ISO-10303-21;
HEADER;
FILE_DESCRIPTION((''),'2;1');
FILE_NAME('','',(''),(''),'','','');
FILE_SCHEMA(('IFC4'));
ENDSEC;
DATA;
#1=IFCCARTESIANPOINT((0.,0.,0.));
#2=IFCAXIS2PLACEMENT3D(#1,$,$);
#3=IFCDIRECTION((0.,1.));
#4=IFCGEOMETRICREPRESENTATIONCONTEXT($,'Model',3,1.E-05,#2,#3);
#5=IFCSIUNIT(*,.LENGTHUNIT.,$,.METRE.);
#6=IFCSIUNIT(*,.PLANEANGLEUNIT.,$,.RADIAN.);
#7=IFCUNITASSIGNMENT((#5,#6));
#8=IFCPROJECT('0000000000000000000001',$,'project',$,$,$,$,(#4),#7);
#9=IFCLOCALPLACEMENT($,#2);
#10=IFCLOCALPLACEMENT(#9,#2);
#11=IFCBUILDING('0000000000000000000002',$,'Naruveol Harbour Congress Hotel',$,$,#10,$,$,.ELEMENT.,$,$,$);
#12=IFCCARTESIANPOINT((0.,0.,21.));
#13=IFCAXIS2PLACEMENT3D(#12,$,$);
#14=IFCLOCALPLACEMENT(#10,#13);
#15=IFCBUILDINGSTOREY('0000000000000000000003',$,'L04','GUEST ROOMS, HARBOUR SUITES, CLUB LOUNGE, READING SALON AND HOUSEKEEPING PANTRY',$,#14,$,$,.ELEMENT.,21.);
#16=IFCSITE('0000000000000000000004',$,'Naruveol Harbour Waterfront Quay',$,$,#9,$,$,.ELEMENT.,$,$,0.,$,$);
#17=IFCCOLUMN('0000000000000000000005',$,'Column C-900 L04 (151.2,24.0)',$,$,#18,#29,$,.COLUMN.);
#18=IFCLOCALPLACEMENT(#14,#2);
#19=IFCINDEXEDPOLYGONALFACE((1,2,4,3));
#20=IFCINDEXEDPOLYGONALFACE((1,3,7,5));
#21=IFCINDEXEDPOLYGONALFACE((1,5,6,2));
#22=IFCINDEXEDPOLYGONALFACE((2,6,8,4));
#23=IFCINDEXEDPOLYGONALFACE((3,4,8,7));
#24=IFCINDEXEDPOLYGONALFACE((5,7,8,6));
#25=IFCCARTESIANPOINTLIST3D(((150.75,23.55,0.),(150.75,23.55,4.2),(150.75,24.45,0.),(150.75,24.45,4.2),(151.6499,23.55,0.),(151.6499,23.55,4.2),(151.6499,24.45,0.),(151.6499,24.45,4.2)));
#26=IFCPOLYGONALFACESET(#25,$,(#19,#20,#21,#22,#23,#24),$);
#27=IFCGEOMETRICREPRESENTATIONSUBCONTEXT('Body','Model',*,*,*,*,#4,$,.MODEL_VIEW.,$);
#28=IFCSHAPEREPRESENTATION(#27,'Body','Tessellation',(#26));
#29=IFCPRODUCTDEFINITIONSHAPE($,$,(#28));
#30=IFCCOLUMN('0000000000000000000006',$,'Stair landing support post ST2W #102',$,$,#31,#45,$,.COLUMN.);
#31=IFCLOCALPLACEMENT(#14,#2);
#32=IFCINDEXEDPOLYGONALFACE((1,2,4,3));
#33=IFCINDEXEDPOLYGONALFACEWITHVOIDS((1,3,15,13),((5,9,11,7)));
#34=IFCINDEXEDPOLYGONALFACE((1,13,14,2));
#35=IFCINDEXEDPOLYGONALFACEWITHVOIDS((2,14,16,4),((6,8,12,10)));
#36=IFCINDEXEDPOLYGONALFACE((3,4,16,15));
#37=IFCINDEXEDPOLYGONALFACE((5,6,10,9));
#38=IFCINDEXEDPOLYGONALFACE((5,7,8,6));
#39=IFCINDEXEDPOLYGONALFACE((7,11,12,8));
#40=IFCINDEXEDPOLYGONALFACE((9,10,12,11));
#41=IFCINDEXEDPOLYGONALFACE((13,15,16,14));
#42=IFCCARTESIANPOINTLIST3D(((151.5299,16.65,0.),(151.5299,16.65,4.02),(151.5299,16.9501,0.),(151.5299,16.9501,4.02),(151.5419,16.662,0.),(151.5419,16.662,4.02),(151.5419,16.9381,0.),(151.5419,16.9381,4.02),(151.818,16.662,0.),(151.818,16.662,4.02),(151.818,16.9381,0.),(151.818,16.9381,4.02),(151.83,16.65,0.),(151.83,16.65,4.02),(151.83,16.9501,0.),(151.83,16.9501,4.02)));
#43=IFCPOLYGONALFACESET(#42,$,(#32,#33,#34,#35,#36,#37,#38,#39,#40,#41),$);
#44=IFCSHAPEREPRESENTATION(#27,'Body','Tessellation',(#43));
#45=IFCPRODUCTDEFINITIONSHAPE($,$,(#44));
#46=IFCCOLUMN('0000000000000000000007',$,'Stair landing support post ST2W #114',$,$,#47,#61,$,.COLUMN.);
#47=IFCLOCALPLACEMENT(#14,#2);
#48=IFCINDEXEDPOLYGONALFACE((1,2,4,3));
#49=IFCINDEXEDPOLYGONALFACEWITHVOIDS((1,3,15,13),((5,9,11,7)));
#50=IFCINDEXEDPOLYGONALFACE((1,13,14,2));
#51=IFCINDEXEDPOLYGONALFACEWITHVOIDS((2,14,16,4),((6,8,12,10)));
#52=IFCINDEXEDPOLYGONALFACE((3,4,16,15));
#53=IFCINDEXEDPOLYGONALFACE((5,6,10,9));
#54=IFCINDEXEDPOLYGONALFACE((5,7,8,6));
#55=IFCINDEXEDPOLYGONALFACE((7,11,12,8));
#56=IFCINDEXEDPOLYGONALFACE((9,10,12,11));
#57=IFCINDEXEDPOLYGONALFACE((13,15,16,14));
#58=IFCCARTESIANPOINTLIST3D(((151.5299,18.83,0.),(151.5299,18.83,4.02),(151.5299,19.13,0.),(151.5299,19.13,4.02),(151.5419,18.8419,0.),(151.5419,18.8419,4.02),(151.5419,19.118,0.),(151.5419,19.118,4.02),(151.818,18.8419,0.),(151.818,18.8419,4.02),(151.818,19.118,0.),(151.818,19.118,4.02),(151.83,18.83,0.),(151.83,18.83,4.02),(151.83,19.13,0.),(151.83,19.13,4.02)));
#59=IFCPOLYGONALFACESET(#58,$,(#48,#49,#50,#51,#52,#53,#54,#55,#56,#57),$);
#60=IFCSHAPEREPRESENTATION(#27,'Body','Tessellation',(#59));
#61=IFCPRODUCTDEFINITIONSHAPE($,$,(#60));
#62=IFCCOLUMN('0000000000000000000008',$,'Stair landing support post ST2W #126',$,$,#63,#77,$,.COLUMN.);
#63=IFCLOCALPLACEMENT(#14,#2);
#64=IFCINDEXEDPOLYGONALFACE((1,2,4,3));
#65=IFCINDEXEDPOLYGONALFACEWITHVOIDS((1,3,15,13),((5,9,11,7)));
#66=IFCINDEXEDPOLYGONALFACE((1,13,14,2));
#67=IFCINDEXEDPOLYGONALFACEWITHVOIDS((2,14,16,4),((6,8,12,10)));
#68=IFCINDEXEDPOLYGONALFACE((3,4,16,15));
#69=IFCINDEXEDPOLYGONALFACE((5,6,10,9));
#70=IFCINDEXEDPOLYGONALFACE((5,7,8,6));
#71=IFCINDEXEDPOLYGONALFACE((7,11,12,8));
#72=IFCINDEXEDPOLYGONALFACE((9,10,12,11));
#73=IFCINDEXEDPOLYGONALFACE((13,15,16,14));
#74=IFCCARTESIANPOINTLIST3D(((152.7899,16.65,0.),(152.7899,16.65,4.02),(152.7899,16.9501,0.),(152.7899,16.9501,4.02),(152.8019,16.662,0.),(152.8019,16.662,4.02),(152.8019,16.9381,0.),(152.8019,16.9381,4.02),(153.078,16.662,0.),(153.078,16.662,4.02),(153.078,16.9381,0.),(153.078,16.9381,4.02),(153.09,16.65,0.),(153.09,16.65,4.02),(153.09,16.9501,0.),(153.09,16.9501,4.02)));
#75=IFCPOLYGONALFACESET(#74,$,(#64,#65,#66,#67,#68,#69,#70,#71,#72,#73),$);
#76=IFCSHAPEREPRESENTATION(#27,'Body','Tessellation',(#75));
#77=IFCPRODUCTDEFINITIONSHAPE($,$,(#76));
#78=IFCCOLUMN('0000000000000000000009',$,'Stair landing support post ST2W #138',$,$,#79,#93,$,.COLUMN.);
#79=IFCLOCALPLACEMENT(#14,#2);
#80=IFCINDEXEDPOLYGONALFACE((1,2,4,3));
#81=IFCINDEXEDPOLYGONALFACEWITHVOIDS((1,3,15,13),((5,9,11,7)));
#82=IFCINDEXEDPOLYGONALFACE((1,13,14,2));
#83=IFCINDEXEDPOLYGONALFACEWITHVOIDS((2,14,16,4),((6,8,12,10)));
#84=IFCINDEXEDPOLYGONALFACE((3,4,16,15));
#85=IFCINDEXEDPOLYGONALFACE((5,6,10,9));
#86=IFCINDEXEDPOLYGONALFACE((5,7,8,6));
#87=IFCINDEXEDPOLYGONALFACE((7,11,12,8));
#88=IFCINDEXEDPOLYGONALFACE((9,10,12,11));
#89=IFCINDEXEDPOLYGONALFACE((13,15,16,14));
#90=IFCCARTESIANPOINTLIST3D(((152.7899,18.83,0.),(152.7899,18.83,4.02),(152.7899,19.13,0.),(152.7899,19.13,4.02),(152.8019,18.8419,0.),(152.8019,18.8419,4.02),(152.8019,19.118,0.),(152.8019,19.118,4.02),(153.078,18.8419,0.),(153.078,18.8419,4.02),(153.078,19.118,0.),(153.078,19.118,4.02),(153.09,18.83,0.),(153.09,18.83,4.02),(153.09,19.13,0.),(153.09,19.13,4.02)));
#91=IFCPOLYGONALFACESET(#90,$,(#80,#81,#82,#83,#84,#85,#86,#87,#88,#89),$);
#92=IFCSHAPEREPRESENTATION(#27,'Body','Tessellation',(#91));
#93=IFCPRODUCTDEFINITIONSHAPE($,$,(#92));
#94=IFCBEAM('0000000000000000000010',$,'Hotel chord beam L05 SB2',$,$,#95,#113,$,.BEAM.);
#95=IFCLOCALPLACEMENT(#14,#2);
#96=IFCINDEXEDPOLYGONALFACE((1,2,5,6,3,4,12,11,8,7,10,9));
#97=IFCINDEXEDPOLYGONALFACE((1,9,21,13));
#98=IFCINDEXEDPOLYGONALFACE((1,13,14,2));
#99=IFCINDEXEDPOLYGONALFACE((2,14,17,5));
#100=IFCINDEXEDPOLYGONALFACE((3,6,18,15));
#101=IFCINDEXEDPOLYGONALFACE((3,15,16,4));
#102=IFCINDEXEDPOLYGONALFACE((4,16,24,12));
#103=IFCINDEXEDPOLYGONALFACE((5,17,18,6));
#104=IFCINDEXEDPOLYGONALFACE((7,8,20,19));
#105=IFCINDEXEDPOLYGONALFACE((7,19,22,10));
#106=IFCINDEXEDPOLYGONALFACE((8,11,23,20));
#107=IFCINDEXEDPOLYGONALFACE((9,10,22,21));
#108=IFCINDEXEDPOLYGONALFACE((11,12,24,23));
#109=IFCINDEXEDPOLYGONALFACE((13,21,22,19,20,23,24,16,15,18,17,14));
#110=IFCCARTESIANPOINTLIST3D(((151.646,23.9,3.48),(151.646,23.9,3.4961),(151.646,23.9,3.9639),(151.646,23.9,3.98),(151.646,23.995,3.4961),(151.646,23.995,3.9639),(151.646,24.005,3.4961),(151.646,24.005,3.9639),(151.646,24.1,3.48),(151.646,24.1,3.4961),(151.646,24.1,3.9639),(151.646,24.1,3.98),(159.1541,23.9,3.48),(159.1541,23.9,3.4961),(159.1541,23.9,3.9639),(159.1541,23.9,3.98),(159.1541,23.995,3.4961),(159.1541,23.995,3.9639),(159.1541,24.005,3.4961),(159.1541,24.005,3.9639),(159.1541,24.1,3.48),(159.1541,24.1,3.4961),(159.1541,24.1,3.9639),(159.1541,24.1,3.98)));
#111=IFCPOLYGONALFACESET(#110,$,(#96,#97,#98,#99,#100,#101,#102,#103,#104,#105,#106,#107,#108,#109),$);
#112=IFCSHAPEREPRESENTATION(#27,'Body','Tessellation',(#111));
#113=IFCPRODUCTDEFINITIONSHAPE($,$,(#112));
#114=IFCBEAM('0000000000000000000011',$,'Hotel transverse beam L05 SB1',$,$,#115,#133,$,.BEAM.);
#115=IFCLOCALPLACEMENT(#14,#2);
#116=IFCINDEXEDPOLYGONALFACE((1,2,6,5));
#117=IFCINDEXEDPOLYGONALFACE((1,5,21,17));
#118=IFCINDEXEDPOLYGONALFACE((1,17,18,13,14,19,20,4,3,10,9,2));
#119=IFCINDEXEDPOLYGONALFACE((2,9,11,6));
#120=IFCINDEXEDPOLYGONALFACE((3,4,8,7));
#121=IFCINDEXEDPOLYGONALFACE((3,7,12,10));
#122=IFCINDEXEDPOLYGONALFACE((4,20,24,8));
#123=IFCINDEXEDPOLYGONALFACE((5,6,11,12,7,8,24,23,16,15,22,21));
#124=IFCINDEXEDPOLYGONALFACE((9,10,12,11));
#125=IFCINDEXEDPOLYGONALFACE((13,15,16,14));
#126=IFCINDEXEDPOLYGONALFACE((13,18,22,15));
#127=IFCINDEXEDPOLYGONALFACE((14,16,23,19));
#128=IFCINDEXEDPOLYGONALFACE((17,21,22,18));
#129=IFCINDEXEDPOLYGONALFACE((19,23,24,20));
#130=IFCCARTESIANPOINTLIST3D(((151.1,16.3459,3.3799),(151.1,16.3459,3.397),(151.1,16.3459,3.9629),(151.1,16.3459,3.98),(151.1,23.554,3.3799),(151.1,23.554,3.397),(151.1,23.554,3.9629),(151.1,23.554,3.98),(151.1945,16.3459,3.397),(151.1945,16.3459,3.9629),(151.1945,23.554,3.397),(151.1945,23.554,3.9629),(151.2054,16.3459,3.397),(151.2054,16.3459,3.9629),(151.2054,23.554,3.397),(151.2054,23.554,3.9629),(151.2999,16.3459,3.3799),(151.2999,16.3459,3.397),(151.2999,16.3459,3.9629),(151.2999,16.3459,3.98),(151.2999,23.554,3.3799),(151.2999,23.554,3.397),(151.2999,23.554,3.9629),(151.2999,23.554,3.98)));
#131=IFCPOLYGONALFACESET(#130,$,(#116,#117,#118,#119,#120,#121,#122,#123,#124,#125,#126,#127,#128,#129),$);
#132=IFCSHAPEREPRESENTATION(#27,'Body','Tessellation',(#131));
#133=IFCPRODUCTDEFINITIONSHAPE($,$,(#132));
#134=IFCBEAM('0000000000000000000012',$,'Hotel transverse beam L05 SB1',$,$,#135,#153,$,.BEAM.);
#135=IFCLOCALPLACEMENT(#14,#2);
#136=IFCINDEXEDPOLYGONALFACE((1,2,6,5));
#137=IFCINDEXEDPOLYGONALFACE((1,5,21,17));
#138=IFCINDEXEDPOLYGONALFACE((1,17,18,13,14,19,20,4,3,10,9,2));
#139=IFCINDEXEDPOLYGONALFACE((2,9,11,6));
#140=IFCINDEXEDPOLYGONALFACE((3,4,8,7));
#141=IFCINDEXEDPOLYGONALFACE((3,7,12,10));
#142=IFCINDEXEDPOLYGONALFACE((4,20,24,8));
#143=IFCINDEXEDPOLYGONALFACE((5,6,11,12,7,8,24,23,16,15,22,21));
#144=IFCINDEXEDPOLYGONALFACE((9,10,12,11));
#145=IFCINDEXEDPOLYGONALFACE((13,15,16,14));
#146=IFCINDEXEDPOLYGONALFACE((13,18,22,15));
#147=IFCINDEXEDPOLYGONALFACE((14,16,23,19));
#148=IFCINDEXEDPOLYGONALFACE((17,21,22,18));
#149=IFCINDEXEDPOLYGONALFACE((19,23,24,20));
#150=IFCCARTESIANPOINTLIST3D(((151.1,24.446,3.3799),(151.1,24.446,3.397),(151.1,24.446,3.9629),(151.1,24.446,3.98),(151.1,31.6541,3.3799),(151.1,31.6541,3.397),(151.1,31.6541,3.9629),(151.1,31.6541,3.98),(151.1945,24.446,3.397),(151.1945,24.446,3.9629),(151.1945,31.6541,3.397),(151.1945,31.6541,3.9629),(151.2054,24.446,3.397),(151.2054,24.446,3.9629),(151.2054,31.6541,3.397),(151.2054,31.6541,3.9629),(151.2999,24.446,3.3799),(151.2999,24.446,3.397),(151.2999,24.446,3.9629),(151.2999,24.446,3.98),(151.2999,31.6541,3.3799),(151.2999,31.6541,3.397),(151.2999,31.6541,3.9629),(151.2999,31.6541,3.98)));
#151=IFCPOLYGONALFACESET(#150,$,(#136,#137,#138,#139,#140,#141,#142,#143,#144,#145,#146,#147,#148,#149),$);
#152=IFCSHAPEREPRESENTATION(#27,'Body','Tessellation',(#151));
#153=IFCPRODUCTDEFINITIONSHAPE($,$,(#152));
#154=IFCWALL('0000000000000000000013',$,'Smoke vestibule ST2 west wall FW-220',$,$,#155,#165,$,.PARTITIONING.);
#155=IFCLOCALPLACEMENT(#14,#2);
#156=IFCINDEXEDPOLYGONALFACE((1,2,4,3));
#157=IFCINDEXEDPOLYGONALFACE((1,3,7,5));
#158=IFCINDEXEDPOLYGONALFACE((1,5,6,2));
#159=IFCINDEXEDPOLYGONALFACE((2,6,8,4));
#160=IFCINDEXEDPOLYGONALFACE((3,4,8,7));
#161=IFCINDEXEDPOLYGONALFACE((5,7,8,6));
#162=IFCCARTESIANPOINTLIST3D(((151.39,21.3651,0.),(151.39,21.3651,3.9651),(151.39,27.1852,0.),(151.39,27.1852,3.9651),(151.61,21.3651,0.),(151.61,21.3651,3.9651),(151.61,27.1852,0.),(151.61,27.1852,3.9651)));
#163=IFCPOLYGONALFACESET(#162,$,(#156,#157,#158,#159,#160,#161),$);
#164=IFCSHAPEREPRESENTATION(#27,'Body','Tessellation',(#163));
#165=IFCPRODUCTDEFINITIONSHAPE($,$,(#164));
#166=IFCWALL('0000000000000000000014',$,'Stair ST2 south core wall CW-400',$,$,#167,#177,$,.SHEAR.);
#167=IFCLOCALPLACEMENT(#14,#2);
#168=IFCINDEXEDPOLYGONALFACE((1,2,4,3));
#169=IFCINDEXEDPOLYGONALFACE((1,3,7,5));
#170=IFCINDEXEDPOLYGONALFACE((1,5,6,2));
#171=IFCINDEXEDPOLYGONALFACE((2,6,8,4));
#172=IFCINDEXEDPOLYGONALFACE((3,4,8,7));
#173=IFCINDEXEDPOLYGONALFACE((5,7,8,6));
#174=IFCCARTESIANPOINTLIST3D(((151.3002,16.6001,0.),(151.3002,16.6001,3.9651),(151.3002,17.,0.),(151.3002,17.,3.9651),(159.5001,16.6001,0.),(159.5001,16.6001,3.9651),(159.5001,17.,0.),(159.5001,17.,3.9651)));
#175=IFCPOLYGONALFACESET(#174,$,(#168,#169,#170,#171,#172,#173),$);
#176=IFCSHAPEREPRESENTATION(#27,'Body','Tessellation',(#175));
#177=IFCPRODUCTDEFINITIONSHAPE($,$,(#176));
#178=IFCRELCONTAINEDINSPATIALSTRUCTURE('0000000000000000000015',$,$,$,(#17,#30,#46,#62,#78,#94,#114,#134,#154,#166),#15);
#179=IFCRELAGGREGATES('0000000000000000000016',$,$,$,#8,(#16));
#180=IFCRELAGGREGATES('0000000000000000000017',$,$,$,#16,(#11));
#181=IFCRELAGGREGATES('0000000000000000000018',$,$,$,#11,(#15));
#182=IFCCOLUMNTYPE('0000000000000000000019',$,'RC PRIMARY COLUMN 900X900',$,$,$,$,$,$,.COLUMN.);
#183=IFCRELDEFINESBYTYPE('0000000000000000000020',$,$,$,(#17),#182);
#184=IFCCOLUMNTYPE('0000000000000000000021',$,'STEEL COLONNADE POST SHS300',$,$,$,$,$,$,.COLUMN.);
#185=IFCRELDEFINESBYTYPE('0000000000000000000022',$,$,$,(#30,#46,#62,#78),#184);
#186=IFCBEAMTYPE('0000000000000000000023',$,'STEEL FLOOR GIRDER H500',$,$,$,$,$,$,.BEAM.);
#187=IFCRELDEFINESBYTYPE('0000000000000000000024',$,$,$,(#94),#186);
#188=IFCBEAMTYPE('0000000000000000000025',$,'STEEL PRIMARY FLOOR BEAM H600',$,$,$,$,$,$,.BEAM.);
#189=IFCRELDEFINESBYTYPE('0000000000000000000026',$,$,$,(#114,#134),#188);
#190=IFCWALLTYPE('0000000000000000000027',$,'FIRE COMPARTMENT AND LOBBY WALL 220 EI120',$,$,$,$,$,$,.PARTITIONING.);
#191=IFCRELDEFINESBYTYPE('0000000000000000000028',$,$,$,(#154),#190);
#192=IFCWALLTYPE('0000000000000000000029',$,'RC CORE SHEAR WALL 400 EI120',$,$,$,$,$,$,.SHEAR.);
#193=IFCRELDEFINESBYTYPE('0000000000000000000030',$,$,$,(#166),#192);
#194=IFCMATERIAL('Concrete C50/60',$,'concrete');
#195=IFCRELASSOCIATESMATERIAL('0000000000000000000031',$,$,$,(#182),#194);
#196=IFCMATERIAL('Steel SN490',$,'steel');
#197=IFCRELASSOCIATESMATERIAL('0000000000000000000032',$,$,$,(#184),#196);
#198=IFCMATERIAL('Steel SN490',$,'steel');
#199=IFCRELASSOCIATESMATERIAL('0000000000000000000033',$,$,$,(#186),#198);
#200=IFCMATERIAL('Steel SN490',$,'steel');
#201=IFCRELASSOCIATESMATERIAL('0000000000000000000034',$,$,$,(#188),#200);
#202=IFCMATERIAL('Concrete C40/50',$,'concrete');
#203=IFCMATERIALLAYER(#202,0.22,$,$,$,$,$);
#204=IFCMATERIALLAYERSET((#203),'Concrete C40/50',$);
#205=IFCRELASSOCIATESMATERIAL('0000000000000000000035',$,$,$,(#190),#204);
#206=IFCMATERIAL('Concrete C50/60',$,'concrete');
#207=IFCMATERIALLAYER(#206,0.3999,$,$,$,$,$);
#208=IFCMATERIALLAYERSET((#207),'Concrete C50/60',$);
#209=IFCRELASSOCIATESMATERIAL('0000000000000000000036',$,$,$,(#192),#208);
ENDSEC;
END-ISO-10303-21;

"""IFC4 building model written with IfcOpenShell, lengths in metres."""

from ifc_helpers import new_model, si_unit, direction, frame, frame_2d, origin, origin_2d, place, context, subcontext, project, spatial, rectangle, hollow_rectangle, i_section, extrude, material, layer, layer_set, material_profile, profile_set, type_object, element, save


model = new_model("IFC4")

# Units and contexts
model_context = context("Model", 3, precision=1e-05, world=origin(), true_north=direction((0.0, 1.0)))
body_context = subcontext(model_context, "Body", "Model", "MODEL_VIEW")
ifc_project = project(units=[si_unit("LENGTHUNIT", "METRE"), si_unit("PLANEANGLEUNIT", "RADIAN")], contexts=[model_context])

# Site, building, storey
site_placement = place(None, origin())
site = spatial("IfcSite", under=ifc_project, at=site_placement, Name="Naruveol Harbour Waterfront Quay", CompositionType="ELEMENT", RefElevation=0.0)
building_placement = place(site_placement, origin())
building = spatial("IfcBuilding", under=site, at=building_placement, Name="Naruveol Harbour Congress Hotel", CompositionType="ELEMENT")
storey_placement = place(building_placement, frame((0.0, 0.0, 21.0)))
storey = spatial("IfcBuildingStorey", under=building, at=storey_placement, Name="L04", Description="GUEST ROOMS, HARBOUR SUITES, CLUB LOUNGE, READING SALON AND HOUSEKEEPING PANTRY", CompositionType="ELEMENT", Elevation=21.0)

# Columns
ifc_material_1 = material(Name="Concrete C50/60", Category="concrete")
ifc_material_profile_1 = material_profile(ifc_material_1, rectangle(XDim=0.8999, YDim=0.8999, at=origin_2d()), Name="RC-900x900")
ifc_profile_set_1 = profile_set([ifc_material_profile_1], Name="Concrete C50/60")
column_type_1 = type_object("IfcColumnType", Name="RC PRIMARY COLUMN 900X900", PredefinedType="COLUMN", material=ifc_profile_set_1)
column_placement = place(storey_placement, frame((151.2, 24.0, 0.0), z_axis=(0.0, 0.0, 1.0), x_axis=(1.0, 0.0, 0.0)))
element("IfcColumn", 1, at=column_placement, inside=storey, type_object=column_type_1, Name="Column C-900 L04 (151.2,24.0)", PredefinedType="COLUMN", context=body_context, shape_type="SweptSolid", body=[
    extrude(rectangle(XDim=0.8999, YDim=0.8999, at=origin_2d()), origin(), (0.0, 0.0, 1.0), 4.2),
])
ifc_material_2 = material(Name="Steel SN490", Category="steel")
ifc_material_profile_2 = material_profile(ifc_material_2, hollow_rectangle(XDim=0.3, YDim=0.3, WallThickness=0.012, at=origin_2d()), Name="SHS-300x300x12")
ifc_profile_set_2 = profile_set([ifc_material_profile_2], Name="Steel SN490")
column_type_2 = type_object("IfcColumnType", Name="STEEL COLONNADE POST SHS300", PredefinedType="COLUMN", material=ifc_profile_set_2)
for number, where, z_axis, x_axis, name in (
    (2, (151.6799, 16.8, 0.0), (0.0, 0.0, 1.0), (1.0, 0.0, 0.0), "Stair landing support post ST2W #102"),
    (3, (151.6799, 18.98, 0.0), (0.0, 0.0, 1.0), (1.0, 0.0, 0.0), "Stair landing support post ST2W #114"),
    (4, (152.9399, 16.8, 0.0), (0.0, 0.0, 1.0), (1.0, 0.0, 0.0), "Stair landing support post ST2W #126"),
    (5, (152.9399, 18.98, 0.0), (0.0, 0.0, 1.0), (1.0, 0.0, 0.0), "Stair landing support post ST2W #138"),
):
    element("IfcColumn", number, at=place(storey_placement, frame(where, z_axis=z_axis, x_axis=x_axis)), inside=storey, type_object=column_type_2, Name=name, PredefinedType="COLUMN", context=body_context, shape_type="SweptSolid", body=[
        extrude(hollow_rectangle(XDim=0.3, YDim=0.3, WallThickness=0.012, at=origin_2d()), origin(), (0.0, 0.0, 1.0), 4.02),
    ])

# Beams
ifc_material_3 = material(Name="Steel SN490", Category="steel")
ifc_material_profile_3 = material_profile(ifc_material_3, i_section(OverallWidth=0.2, OverallDepth=0.5, WebThickness=0.01, FlangeThickness=0.0161, at=origin_2d()), Name="H-500x200x10x16")
ifc_profile_set_3 = profile_set([ifc_material_profile_3], Name="Steel SN490")
beam_type_1 = type_object("IfcBeamType", Name="STEEL FLOOR GIRDER H500", PredefinedType="BEAM", material=ifc_profile_set_3)
beam_placement = place(storey_placement, frame((151.646, 24.0, 3.73), z_axis=(1.0, 0.0, 0.0), x_axis=(0.0, 1.0, 0.0)))
element("IfcBeam", 6, at=beam_placement, inside=storey, type_object=beam_type_1, Name="Hotel chord beam L05 SB2", PredefinedType="BEAM", context=body_context, shape_type="SweptSolid", body=[
    extrude(i_section(OverallWidth=0.2, OverallDepth=0.5, WebThickness=0.01, FlangeThickness=0.0161, at=origin_2d()), origin(), (0.0, 0.0, 1.0), 7.5081),
])
ifc_material_4 = material(Name="Steel SN490", Category="steel")
ifc_material_profile_4 = material_profile(ifc_material_4, i_section(OverallWidth=0.2, OverallDepth=0.6001, WebThickness=0.011, FlangeThickness=0.0171, at=origin_2d()), Name="H-600x200x11x17")
ifc_profile_set_4 = profile_set([ifc_material_profile_4], Name="Steel SN490")
beam_type_2 = type_object("IfcBeamType", Name="STEEL PRIMARY FLOOR BEAM H600", PredefinedType="BEAM", material=ifc_profile_set_4)
for number, where, z_axis, x_axis, name in (
    (7, (151.2, 16.3459, 3.6799), (0.0, 1.0, 0.0), (-1.0, 0.0, 0.0), "Hotel transverse beam L05 SB1"),
    (8, (151.2, 24.446, 3.6799), (0.0, 1.0, 0.0), (-1.0, 0.0, 0.0), "Hotel transverse beam L05 SB1"),
):
    element("IfcBeam", number, at=place(storey_placement, frame(where, z_axis=z_axis, x_axis=x_axis)), inside=storey, type_object=beam_type_2, Name=name, PredefinedType="BEAM", context=body_context, shape_type="SweptSolid", body=[
        extrude(i_section(OverallWidth=0.2, OverallDepth=0.6001, WebThickness=0.011, FlangeThickness=0.0171, at=origin_2d()), origin(), (0.0, 0.0, 1.0), 7.208),
    ])

# Walls
ifc_material_5 = material(Name="Concrete C40/50", Category="concrete")
ifc_layer_1 = layer(ifc_material_5, 0.22)
ifc_layer_set_1 = layer_set([ifc_layer_1], Name="Concrete C40/50")
wall_type_1 = type_object("IfcWallType", Name="FIRE COMPARTMENT AND LOBBY WALL 220 EI120", PredefinedType="PARTITIONING", material=ifc_layer_set_1)
wall_1_placement = place(storey_placement, frame((151.5, 21.365, 0.0), z_axis=(0.0, 0.0, 1.0), x_axis=(0.0, 1.0, 0.0)))
element("IfcWall", 9, at=wall_1_placement, inside=storey, type_object=wall_type_1, Name="Smoke vestibule ST2 west wall FW-220", PredefinedType="PARTITIONING", context=body_context, shape_type="SweptSolid", body=[
    extrude(rectangle(XDim=5.8201, YDim=0.22, at=frame_2d((2.9102, 0.0))), origin(), (0.0, 0.0, 1.0), 3.9651),
])
ifc_material_6 = material(Name="Concrete C50/60", Category="concrete")
ifc_layer_2 = layer(ifc_material_6, 0.3999)
ifc_layer_set_2 = layer_set([ifc_layer_2], Name="Concrete C50/60")
wall_type_2 = type_object("IfcWallType", Name="RC CORE SHEAR WALL 400 EI120", PredefinedType="SHEAR", material=ifc_layer_set_2)
wall_2_placement = place(storey_placement, frame((151.3, 16.8, 0.0), z_axis=(0.0, 0.0, 1.0), x_axis=(1.0, 0.0, 0.0)))
element("IfcWall", 10, at=wall_2_placement, inside=storey, type_object=wall_type_2, Name="Stair ST2 south core wall CW-400", PredefinedType="SHEAR", context=body_context, shape_type="SweptSolid", body=[
    extrude(rectangle(XDim=8.2, YDim=0.3999, at=frame_2d((4.1001, 0.0))), origin(), (0.0, 0.0, 1.0), 3.9651),
])

save(model, "model.ifc")
